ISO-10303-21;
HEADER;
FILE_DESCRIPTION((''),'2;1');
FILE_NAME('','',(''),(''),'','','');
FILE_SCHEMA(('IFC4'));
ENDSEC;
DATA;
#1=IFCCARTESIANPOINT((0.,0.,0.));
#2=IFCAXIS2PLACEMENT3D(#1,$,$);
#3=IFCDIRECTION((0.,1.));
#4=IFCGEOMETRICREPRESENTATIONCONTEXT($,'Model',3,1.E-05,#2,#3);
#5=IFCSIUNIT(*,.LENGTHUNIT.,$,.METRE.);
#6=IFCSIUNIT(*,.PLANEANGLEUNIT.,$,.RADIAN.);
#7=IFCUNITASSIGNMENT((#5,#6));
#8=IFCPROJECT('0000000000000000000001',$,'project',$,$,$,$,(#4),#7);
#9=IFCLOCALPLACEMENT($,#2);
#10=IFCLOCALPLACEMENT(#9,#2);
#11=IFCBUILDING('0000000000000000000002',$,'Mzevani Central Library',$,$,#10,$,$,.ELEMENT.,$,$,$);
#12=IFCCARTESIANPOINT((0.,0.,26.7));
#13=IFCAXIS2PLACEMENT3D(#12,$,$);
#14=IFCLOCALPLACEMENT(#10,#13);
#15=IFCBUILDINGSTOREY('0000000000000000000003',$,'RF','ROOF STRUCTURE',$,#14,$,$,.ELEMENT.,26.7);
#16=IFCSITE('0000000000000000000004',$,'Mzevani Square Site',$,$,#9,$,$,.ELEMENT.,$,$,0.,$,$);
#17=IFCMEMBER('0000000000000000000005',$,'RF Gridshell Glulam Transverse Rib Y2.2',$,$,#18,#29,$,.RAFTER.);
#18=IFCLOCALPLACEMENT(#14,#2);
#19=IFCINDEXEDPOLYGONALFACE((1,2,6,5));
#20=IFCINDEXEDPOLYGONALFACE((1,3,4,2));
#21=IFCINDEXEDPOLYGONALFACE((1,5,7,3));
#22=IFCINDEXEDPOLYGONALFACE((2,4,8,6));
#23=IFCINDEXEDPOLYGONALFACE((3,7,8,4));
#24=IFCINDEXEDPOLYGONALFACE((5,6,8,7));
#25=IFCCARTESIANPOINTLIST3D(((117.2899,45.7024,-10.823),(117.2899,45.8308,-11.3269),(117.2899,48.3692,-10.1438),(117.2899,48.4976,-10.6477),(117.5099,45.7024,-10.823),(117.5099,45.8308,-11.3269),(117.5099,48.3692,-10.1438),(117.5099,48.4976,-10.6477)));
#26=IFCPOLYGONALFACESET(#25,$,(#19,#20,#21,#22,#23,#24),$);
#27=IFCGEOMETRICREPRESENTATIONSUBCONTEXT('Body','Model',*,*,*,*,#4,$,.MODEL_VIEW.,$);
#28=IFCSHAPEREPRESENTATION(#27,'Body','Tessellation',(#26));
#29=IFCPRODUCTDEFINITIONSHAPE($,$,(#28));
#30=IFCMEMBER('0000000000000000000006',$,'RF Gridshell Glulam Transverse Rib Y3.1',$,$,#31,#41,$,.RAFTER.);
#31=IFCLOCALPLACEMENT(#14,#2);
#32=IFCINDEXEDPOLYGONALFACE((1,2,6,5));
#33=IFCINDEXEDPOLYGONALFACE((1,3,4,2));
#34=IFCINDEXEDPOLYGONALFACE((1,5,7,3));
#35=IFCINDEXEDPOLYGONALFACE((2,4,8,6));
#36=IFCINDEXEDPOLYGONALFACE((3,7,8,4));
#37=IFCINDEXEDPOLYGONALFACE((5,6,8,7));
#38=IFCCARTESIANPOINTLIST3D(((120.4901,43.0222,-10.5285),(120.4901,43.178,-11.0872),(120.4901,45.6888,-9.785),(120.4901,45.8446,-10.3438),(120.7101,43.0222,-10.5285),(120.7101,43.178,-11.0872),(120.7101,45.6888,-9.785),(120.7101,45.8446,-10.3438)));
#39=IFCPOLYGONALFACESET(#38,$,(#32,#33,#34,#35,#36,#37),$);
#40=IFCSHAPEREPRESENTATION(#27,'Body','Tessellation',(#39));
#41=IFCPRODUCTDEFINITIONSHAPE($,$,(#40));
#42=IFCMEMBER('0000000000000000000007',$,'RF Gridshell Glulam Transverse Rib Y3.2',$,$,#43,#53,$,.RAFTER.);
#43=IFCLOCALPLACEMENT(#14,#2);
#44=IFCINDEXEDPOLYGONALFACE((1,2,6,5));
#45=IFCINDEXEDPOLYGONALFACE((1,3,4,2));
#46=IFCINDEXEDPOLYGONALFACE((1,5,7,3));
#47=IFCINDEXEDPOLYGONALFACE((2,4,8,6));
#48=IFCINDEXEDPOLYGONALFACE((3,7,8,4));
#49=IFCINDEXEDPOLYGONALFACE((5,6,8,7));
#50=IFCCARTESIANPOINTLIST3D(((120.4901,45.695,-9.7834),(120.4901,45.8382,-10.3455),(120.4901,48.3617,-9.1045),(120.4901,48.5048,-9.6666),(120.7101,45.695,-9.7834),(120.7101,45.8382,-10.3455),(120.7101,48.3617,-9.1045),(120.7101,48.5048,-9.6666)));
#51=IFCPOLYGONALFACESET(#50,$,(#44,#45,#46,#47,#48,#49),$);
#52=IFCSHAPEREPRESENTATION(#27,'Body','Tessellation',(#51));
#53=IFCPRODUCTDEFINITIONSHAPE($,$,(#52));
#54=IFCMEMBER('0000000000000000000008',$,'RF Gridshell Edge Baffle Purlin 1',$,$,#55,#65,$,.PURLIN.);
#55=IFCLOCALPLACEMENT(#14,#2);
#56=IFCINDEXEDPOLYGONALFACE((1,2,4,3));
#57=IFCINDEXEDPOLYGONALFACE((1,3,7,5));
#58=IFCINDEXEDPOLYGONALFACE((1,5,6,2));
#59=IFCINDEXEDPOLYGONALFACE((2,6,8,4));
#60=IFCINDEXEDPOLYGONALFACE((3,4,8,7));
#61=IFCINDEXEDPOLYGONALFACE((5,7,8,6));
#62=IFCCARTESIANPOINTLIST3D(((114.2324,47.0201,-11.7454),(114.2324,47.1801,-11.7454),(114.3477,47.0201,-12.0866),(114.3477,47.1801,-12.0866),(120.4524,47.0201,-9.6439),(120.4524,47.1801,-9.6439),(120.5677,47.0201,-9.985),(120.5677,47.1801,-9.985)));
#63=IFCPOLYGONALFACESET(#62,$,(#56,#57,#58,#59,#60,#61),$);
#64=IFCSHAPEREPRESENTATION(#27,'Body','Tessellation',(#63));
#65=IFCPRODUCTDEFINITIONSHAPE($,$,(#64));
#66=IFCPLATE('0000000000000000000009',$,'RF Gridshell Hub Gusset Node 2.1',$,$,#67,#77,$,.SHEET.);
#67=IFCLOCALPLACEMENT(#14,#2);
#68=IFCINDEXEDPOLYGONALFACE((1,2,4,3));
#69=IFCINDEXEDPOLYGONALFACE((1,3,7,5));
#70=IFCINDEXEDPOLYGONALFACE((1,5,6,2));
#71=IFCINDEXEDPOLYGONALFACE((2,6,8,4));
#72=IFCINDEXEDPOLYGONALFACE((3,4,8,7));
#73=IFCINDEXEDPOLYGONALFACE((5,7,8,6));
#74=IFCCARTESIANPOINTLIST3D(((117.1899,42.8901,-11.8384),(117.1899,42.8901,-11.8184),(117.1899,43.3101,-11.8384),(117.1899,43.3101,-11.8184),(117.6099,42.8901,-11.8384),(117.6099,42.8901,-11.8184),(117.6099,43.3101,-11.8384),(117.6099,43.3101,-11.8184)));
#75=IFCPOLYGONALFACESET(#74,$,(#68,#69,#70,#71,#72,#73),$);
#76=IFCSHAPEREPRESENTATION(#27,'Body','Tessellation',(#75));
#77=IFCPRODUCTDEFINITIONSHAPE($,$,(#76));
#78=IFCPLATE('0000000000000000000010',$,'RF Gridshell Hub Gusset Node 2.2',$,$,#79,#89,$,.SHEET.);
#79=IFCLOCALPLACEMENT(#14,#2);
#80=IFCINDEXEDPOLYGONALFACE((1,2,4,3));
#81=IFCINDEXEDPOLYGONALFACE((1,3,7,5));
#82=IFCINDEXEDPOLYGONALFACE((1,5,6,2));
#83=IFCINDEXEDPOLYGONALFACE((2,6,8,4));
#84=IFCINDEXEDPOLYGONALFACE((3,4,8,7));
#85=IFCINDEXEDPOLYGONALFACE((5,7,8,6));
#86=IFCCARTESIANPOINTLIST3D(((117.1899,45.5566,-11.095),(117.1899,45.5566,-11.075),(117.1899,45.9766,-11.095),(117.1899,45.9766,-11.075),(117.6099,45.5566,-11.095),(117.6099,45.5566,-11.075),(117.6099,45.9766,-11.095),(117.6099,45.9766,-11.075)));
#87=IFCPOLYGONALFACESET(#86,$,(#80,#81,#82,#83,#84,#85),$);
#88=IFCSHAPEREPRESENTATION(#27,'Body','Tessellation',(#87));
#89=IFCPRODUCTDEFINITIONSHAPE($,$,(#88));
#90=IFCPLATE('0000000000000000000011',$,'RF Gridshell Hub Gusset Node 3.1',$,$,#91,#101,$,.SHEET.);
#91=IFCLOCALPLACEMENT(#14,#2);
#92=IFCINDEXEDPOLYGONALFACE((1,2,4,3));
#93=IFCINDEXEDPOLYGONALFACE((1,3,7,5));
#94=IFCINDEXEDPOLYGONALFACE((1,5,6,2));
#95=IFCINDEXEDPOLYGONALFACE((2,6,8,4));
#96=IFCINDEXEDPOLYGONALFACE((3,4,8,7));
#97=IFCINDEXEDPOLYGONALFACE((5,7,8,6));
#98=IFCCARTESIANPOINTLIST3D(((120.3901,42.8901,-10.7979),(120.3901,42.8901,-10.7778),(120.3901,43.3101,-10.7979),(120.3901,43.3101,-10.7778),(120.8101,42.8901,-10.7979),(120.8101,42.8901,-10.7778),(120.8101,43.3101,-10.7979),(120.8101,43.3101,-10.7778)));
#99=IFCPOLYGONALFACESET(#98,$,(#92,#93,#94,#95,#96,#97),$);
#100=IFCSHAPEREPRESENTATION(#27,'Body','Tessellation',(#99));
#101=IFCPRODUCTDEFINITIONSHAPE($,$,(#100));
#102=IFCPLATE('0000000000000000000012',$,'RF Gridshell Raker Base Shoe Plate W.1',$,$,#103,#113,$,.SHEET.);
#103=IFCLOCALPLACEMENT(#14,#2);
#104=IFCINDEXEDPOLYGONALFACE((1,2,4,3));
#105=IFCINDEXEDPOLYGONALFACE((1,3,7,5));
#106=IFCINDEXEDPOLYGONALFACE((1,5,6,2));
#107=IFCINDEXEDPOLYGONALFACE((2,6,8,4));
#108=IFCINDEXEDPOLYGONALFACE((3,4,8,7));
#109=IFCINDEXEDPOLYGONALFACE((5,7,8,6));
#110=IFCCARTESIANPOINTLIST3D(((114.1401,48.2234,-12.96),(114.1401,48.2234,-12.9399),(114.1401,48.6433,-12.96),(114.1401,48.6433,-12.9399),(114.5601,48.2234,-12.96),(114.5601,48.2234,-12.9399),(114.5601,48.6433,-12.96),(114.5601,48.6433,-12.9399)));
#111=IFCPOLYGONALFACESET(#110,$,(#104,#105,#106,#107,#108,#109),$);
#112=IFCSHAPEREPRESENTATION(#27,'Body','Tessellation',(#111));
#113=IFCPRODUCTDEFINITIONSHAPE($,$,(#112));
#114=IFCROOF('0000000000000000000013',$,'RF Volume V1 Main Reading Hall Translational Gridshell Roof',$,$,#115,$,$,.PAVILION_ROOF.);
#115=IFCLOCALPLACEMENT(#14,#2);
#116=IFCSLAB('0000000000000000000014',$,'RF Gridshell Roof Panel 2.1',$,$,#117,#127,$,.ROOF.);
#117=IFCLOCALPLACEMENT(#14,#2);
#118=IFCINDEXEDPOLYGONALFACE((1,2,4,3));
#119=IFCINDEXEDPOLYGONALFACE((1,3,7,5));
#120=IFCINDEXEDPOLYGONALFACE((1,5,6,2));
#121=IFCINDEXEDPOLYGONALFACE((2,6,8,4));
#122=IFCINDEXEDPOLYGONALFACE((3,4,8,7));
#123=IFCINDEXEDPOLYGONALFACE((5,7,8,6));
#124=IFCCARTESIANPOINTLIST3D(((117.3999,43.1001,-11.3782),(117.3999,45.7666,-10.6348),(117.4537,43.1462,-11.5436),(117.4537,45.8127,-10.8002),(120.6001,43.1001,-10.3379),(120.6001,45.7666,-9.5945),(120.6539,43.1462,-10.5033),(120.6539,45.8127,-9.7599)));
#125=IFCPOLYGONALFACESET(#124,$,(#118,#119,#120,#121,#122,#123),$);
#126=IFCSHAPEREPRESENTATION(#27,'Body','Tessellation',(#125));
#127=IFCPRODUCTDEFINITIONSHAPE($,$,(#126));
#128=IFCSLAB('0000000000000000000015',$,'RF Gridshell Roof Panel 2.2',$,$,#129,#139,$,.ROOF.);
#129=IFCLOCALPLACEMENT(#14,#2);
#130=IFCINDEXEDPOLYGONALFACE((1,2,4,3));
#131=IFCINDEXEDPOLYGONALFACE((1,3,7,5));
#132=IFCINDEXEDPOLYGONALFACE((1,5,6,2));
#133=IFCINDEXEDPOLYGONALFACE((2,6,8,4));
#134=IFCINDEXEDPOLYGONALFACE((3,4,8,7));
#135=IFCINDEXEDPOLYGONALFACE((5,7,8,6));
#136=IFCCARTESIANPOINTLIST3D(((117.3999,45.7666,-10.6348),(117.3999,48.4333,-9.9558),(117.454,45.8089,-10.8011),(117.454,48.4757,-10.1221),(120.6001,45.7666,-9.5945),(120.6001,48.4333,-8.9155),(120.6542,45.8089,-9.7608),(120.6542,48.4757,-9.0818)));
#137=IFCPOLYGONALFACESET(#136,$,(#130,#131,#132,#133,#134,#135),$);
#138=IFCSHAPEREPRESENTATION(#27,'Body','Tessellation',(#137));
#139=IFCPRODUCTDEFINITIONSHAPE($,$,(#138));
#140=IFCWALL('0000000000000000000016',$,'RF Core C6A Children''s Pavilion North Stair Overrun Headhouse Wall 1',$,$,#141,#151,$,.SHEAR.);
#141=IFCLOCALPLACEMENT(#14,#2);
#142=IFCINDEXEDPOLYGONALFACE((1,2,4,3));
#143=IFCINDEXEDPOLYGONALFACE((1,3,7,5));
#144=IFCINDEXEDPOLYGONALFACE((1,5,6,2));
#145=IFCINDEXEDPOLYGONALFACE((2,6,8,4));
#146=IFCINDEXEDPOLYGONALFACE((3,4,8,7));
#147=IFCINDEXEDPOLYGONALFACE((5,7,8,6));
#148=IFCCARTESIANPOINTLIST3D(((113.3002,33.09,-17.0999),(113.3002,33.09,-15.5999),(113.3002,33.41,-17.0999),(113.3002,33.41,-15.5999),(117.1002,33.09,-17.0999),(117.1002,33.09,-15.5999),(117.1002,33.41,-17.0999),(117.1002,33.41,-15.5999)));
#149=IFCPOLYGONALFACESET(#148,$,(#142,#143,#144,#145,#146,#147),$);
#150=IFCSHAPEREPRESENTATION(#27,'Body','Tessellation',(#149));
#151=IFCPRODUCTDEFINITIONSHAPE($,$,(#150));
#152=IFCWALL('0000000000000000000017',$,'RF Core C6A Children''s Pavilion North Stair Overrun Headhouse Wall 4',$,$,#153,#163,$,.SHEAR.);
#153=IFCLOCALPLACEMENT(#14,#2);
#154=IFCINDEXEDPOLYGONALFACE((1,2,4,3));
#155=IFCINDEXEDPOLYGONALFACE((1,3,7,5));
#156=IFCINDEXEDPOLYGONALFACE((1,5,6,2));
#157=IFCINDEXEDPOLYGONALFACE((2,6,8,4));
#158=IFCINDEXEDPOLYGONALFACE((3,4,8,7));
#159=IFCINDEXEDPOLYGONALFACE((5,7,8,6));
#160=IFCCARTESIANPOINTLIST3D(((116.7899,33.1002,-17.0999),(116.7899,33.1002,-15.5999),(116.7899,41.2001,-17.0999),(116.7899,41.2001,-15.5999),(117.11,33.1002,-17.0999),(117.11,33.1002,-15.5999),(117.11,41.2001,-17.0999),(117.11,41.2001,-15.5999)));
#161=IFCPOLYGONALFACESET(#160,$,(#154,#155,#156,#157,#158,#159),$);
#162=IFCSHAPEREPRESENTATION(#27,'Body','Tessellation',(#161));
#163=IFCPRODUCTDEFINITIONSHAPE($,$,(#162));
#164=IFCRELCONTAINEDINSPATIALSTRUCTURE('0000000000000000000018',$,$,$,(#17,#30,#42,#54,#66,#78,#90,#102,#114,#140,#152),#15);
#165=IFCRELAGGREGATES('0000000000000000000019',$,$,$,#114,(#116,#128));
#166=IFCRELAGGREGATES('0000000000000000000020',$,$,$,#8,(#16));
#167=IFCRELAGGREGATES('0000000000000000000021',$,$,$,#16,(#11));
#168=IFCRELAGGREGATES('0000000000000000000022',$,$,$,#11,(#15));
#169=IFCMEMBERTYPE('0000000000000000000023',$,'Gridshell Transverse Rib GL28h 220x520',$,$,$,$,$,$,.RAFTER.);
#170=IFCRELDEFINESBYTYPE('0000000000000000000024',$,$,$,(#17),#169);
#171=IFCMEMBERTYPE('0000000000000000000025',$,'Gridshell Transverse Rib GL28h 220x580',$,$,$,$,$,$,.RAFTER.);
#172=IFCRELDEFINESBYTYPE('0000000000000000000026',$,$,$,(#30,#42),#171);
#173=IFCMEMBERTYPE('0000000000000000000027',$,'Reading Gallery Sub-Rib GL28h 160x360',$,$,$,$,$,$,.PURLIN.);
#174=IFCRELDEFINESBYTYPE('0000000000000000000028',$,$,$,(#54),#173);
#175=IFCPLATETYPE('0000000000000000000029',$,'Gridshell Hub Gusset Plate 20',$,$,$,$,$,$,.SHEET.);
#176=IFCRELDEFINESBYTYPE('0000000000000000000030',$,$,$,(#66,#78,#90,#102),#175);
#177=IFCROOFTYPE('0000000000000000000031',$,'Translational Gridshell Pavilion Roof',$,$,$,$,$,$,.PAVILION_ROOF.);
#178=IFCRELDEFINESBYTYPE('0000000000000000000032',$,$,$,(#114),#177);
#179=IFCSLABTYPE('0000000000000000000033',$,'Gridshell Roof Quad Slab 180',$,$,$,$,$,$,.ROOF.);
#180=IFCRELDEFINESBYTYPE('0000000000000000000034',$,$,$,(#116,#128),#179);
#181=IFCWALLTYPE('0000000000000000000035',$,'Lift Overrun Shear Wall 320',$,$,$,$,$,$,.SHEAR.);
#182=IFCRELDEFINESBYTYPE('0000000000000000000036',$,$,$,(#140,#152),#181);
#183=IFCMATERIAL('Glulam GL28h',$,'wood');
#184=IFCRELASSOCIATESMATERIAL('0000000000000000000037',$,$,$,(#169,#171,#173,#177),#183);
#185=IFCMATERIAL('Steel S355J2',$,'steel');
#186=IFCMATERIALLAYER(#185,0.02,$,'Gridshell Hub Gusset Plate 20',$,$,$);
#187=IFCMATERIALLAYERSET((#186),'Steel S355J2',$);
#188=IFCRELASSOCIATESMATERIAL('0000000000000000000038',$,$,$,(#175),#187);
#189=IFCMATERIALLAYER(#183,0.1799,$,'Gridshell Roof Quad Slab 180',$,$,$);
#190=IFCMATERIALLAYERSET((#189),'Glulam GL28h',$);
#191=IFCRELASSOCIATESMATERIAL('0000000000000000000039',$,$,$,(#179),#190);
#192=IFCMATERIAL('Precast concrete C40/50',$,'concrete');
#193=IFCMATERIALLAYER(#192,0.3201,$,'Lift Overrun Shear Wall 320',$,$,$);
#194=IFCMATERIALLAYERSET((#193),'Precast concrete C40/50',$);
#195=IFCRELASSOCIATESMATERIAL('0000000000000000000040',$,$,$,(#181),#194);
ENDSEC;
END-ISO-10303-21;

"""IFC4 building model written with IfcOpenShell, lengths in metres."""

from ifc_helpers import new_model, si_unit, direction, frame, frame_2d, origin, origin_2d, place, context, subcontext, project, spatial, polyline, rectangle, outline, extrude, material, layer, layer_set, material_profile, profile_set, type_object, element, aggregate, save


model = new_model("IFC4")

# Units and contexts
model_context = context("Model", 3, precision=1e-05, world=origin(), true_north=direction((0.0, 1.0)))
body_context = subcontext(model_context, "Body", "Model", "MODEL_VIEW")
ifc_project = project(units=[si_unit("LENGTHUNIT", "METRE"), si_unit("PLANEANGLEUNIT", "RADIAN")], contexts=[model_context])

# Site, building, storey
site_placement = place(None, origin())
site = spatial("IfcSite", under=ifc_project, at=site_placement, Name="Mzevani Square Site", CompositionType="ELEMENT", RefElevation=0.0)
building_placement = place(site_placement, origin())
building = spatial("IfcBuilding", under=site, at=building_placement, Name="Mzevani Central Library", CompositionType="ELEMENT")
storey_placement = place(building_placement, frame((0.0, 0.0, 26.7)))
storey = spatial("IfcBuildingStorey", under=building, at=storey_placement, Name="RF", Description="ROOF STRUCTURE", CompositionType="ELEMENT", Elevation=26.7)

# Shared definitions
ifc_material_1 = material(Name="Steel S355J2", Category="steel")
ifc_material_2 = material(Name="Glulam GL28h", Category="wood")

# Members
ifc_material_profile_1 = material_profile(ifc_material_2, rectangle(XDim=0.22, YDim=0.52, at=origin_2d()), Name="GL28h 220x520")
ifc_profile_set_1 = profile_set([ifc_material_profile_1], Name="Glulam GL28h")
member_type_1 = type_object("IfcMemberType", Name="Gridshell Transverse Rib GL28h 220x520", PredefinedType="RAFTER", material=ifc_profile_set_1)
member_1_placement = place(storey_placement, frame((117.3999, 45.7666, -11.075), z_axis=(0.0, 0.969063, 0.246813), x_axis=(-1.0, 0.0, 0.0)))
element("IfcMember", 1, at=member_1_placement, inside=storey, type_object=member_type_1, Name="RF Gridshell Glulam Transverse Rib Y2.2", PredefinedType="RAFTER", context=body_context, shape_type="SweptSolid", body=[
    extrude(rectangle(XDim=0.22, YDim=0.52, at=origin_2d()), origin(), (0.0, 0.0, 1.0), 2.752),
])
ifc_material_profile_2 = material_profile(ifc_material_2, rectangle(XDim=0.22, YDim=0.5801, at=origin_2d()), Name="GL28h 220x580")
ifc_profile_set_2 = profile_set([ifc_material_profile_2], Name="Glulam GL28h")
member_type_2 = type_object("IfcMemberType", Name="Gridshell Transverse Rib GL28h 220x580", PredefinedType="RAFTER", material=ifc_profile_set_2)
member_2_placement = place(storey_placement, frame((120.6001, 43.1001, -10.8079), z_axis=(0.0, 0.963265, 0.268553), x_axis=(-1.0, 0.0, 0.0)))
element("IfcMember", 2, at=member_2_placement, inside=storey, type_object=member_type_2, Name="RF Gridshell Glulam Transverse Rib Y3.1", PredefinedType="RAFTER", context=body_context, shape_type="SweptSolid", body=[
    extrude(rectangle(XDim=0.22, YDim=0.5801, at=origin_2d()), origin(), (0.0, 0.0, 1.0), 2.7683),
])
member_3_placement = place(storey_placement, frame((120.6001, 45.7666, -10.0645), z_axis=(0.0, 0.969084, 0.246729), x_axis=(-1.0, 0.0, 0.0)))
element("IfcMember", 3, at=member_3_placement, inside=storey, type_object=member_type_2, Name="RF Gridshell Glulam Transverse Rib Y3.2", PredefinedType="RAFTER", context=body_context, shape_type="SweptSolid", body=[
    extrude(rectangle(XDim=0.22, YDim=0.5801, at=origin_2d()), origin(), (0.0, 0.0, 1.0), 2.7517),
])
ifc_material_profile_3 = material_profile(ifc_material_2, rectangle(XDim=0.1599, YDim=0.3601, at=origin_2d()), Name="GL28h 160x360")
ifc_profile_set_3 = profile_set([ifc_material_profile_3], Name="Glulam GL28h")
member_type_3 = type_object("IfcMemberType", Name="Reading Gallery Sub-Rib GL28h 160x360", PredefinedType="PURLIN", material=ifc_profile_set_3)
member_4_placement = place(storey_placement, frame((114.29, 47.1001, -11.916), z_axis=(0.947385, 0.0, 0.320096), x_axis=(0.0, 1.0, 0.0)))
element("IfcMember", 4, at=member_4_placement, inside=storey, type_object=member_type_3, Name="RF Gridshell Edge Baffle Purlin 1", PredefinedType="PURLIN", context=body_context, shape_type="SweptSolid", body=[
    extrude(rectangle(XDim=0.1599, YDim=0.3601, at=origin_2d()), origin(), (0.0, 0.0, 1.0), 6.5654),
])

# Plates
ifc_layer_1 = layer(ifc_material_1, 0.02, Name="Gridshell Hub Gusset Plate 20")
ifc_layer_set_1 = layer_set([ifc_layer_1], Name="Steel S355J2")
plate_type = type_object("IfcPlateType", Name="Gridshell Hub Gusset Plate 20", PredefinedType="SHEET", material=ifc_layer_set_1)
for number, where, z_axis, x_axis, name in (
    (5, (117.3999, 43.1001, -11.8384), (0.0, 0.0, 1.0), (1.0, 0.0, 0.0), "RF Gridshell Hub Gusset Node 2.1"),
    (6, (117.3999, 45.7666, -11.095), (0.0, 0.0, 1.0), (1.0, 0.0, 0.0), "RF Gridshell Hub Gusset Node 2.2"),
    (7, (120.6001, 43.1001, -10.7979), (0.0, 0.0, 1.0), (1.0, 0.0, 0.0), "RF Gridshell Hub Gusset Node 3.1"),
    (8, (114.3501, 48.4333, -12.96), (0.0, 0.0, 1.0), (1.0, 0.0, 0.0), "RF Gridshell Raker Base Shoe Plate W.1"),
):
    element("IfcPlate", number, at=place(storey_placement, frame(where, z_axis=z_axis, x_axis=x_axis)), inside=storey, type_object=plate_type, Name=name, PredefinedType="SHEET", context=body_context, shape_type="SweptSolid", body=[
        extrude(rectangle(XDim=0.4199, YDim=0.4199, at=origin_2d()), origin(), (0.0, 0.0, 1.0), 0.02),
    ])

# Roof, slabs
roof_type = type_object("IfcRoofType", Name="Translational Gridshell Pavilion Roof", PredefinedType="PAVILION_ROOF", material=ifc_material_2)
roof_placement = place(storey_placement, origin())
roof = element("IfcRoof", 9, at=roof_placement, inside=storey, type_object=roof_type, Name="RF Volume V1 Main Reading Hall Translational Gridshell Roof", PredefinedType="PAVILION_ROOF")
ifc_layer_2 = layer(ifc_material_2, 0.1799, Name="Gridshell Roof Quad Slab 180")
ifc_layer_set_2 = layer_set([ifc_layer_2], Name="Glulam GL28h")
slab_type = type_object("IfcSlabType", Name="Gridshell Roof Quad Slab 180", PredefinedType="ROOF", material=ifc_layer_set_2)
slab_1_placement = place(storey_placement, frame((117.3999, 43.1001, -11.3782), z_axis=(-0.29882, -0.256283, 0.919253), x_axis=(0.951015, 0.0, 0.309145)))
slab_1 = element("IfcSlab", 10, at=slab_1_placement, type_object=slab_type, Name="RF Gridshell Roof Panel 2.1", PredefinedType="ROOF", context=body_context, shape_type="SweptSolid", body=[
    extrude(outline(polyline([(0.0, 0.0), (3.365, 0.0), (3.5949, 2.7586), (0.2298, 2.7586), (0.0, 0.0)])), origin(), (0.0, 0.0, -1.0), 0.1799),
])
slab_2_placement = place(storey_placement, frame((117.3999, 45.7666, -10.6348), z_axis=(-0.300463, -0.235329, 0.924306), x_axis=(0.951015, 0.0, 0.309145)))
slab_2 = element("IfcSlab", 11, at=slab_2_placement, type_object=slab_type, Name="RF Gridshell Roof Panel 2.2", PredefinedType="ROOF", context=body_context, shape_type="SweptSolid", body=[
    extrude(outline(polyline([(0.0, 0.0), (3.365, 0.0), (3.5749, 2.7438), (0.2099, 2.7438), (0.0, 0.0)])), origin(), (0.0, 0.0, -1.0), 0.1799),
])
aggregate(roof, [slab_1, slab_2])

# Walls
ifc_material_3 = material(Name="Precast concrete C40/50", Category="concrete")
ifc_layer_3 = layer(ifc_material_3, 0.3201, Name="Lift Overrun Shear Wall 320")
ifc_layer_set_3 = layer_set([ifc_layer_3], Name="Precast concrete C40/50")
wall_type = type_object("IfcWallType", Name="Lift Overrun Shear Wall 320", PredefinedType="SHEAR", material=ifc_layer_set_3)
wall_1_placement = place(storey_placement, frame((117.1001, 33.25, -17.0999), z_axis=(0.0, 0.0, 1.0), x_axis=(-1.0, 0.0, 0.0)))
element("IfcWall", 12, at=wall_1_placement, inside=storey, type_object=wall_type, Name="RF Core C6A Children's Pavilion North Stair Overrun Headhouse Wall 1", PredefinedType="SHEAR", context=body_context, shape_type="SweptSolid", body=[
    extrude(rectangle(XDim=3.8, YDim=0.3201, at=frame_2d((1.8999, 0.0))), origin(), (0.0, 0.0, 1.0), 1.5),
])
wall_2_placement = place(storey_placement, frame((116.95, 41.2, -17.0999), z_axis=(0.0, 0.0, 1.0), x_axis=(0.0, -1.0, 0.0)))
element("IfcWall", 13, at=wall_2_placement, inside=storey, type_object=wall_type, Name="RF Core C6A Children's Pavilion North Stair Overrun Headhouse Wall 4", PredefinedType="SHEAR", context=body_context, shape_type="SweptSolid", body=[
    extrude(rectangle(XDim=8.0999, YDim=0.3201, at=frame_2d((4.0498, 0.0))), origin(), (0.0, 0.0, 1.0), 1.5),
])

save(model, "model.ifc")
